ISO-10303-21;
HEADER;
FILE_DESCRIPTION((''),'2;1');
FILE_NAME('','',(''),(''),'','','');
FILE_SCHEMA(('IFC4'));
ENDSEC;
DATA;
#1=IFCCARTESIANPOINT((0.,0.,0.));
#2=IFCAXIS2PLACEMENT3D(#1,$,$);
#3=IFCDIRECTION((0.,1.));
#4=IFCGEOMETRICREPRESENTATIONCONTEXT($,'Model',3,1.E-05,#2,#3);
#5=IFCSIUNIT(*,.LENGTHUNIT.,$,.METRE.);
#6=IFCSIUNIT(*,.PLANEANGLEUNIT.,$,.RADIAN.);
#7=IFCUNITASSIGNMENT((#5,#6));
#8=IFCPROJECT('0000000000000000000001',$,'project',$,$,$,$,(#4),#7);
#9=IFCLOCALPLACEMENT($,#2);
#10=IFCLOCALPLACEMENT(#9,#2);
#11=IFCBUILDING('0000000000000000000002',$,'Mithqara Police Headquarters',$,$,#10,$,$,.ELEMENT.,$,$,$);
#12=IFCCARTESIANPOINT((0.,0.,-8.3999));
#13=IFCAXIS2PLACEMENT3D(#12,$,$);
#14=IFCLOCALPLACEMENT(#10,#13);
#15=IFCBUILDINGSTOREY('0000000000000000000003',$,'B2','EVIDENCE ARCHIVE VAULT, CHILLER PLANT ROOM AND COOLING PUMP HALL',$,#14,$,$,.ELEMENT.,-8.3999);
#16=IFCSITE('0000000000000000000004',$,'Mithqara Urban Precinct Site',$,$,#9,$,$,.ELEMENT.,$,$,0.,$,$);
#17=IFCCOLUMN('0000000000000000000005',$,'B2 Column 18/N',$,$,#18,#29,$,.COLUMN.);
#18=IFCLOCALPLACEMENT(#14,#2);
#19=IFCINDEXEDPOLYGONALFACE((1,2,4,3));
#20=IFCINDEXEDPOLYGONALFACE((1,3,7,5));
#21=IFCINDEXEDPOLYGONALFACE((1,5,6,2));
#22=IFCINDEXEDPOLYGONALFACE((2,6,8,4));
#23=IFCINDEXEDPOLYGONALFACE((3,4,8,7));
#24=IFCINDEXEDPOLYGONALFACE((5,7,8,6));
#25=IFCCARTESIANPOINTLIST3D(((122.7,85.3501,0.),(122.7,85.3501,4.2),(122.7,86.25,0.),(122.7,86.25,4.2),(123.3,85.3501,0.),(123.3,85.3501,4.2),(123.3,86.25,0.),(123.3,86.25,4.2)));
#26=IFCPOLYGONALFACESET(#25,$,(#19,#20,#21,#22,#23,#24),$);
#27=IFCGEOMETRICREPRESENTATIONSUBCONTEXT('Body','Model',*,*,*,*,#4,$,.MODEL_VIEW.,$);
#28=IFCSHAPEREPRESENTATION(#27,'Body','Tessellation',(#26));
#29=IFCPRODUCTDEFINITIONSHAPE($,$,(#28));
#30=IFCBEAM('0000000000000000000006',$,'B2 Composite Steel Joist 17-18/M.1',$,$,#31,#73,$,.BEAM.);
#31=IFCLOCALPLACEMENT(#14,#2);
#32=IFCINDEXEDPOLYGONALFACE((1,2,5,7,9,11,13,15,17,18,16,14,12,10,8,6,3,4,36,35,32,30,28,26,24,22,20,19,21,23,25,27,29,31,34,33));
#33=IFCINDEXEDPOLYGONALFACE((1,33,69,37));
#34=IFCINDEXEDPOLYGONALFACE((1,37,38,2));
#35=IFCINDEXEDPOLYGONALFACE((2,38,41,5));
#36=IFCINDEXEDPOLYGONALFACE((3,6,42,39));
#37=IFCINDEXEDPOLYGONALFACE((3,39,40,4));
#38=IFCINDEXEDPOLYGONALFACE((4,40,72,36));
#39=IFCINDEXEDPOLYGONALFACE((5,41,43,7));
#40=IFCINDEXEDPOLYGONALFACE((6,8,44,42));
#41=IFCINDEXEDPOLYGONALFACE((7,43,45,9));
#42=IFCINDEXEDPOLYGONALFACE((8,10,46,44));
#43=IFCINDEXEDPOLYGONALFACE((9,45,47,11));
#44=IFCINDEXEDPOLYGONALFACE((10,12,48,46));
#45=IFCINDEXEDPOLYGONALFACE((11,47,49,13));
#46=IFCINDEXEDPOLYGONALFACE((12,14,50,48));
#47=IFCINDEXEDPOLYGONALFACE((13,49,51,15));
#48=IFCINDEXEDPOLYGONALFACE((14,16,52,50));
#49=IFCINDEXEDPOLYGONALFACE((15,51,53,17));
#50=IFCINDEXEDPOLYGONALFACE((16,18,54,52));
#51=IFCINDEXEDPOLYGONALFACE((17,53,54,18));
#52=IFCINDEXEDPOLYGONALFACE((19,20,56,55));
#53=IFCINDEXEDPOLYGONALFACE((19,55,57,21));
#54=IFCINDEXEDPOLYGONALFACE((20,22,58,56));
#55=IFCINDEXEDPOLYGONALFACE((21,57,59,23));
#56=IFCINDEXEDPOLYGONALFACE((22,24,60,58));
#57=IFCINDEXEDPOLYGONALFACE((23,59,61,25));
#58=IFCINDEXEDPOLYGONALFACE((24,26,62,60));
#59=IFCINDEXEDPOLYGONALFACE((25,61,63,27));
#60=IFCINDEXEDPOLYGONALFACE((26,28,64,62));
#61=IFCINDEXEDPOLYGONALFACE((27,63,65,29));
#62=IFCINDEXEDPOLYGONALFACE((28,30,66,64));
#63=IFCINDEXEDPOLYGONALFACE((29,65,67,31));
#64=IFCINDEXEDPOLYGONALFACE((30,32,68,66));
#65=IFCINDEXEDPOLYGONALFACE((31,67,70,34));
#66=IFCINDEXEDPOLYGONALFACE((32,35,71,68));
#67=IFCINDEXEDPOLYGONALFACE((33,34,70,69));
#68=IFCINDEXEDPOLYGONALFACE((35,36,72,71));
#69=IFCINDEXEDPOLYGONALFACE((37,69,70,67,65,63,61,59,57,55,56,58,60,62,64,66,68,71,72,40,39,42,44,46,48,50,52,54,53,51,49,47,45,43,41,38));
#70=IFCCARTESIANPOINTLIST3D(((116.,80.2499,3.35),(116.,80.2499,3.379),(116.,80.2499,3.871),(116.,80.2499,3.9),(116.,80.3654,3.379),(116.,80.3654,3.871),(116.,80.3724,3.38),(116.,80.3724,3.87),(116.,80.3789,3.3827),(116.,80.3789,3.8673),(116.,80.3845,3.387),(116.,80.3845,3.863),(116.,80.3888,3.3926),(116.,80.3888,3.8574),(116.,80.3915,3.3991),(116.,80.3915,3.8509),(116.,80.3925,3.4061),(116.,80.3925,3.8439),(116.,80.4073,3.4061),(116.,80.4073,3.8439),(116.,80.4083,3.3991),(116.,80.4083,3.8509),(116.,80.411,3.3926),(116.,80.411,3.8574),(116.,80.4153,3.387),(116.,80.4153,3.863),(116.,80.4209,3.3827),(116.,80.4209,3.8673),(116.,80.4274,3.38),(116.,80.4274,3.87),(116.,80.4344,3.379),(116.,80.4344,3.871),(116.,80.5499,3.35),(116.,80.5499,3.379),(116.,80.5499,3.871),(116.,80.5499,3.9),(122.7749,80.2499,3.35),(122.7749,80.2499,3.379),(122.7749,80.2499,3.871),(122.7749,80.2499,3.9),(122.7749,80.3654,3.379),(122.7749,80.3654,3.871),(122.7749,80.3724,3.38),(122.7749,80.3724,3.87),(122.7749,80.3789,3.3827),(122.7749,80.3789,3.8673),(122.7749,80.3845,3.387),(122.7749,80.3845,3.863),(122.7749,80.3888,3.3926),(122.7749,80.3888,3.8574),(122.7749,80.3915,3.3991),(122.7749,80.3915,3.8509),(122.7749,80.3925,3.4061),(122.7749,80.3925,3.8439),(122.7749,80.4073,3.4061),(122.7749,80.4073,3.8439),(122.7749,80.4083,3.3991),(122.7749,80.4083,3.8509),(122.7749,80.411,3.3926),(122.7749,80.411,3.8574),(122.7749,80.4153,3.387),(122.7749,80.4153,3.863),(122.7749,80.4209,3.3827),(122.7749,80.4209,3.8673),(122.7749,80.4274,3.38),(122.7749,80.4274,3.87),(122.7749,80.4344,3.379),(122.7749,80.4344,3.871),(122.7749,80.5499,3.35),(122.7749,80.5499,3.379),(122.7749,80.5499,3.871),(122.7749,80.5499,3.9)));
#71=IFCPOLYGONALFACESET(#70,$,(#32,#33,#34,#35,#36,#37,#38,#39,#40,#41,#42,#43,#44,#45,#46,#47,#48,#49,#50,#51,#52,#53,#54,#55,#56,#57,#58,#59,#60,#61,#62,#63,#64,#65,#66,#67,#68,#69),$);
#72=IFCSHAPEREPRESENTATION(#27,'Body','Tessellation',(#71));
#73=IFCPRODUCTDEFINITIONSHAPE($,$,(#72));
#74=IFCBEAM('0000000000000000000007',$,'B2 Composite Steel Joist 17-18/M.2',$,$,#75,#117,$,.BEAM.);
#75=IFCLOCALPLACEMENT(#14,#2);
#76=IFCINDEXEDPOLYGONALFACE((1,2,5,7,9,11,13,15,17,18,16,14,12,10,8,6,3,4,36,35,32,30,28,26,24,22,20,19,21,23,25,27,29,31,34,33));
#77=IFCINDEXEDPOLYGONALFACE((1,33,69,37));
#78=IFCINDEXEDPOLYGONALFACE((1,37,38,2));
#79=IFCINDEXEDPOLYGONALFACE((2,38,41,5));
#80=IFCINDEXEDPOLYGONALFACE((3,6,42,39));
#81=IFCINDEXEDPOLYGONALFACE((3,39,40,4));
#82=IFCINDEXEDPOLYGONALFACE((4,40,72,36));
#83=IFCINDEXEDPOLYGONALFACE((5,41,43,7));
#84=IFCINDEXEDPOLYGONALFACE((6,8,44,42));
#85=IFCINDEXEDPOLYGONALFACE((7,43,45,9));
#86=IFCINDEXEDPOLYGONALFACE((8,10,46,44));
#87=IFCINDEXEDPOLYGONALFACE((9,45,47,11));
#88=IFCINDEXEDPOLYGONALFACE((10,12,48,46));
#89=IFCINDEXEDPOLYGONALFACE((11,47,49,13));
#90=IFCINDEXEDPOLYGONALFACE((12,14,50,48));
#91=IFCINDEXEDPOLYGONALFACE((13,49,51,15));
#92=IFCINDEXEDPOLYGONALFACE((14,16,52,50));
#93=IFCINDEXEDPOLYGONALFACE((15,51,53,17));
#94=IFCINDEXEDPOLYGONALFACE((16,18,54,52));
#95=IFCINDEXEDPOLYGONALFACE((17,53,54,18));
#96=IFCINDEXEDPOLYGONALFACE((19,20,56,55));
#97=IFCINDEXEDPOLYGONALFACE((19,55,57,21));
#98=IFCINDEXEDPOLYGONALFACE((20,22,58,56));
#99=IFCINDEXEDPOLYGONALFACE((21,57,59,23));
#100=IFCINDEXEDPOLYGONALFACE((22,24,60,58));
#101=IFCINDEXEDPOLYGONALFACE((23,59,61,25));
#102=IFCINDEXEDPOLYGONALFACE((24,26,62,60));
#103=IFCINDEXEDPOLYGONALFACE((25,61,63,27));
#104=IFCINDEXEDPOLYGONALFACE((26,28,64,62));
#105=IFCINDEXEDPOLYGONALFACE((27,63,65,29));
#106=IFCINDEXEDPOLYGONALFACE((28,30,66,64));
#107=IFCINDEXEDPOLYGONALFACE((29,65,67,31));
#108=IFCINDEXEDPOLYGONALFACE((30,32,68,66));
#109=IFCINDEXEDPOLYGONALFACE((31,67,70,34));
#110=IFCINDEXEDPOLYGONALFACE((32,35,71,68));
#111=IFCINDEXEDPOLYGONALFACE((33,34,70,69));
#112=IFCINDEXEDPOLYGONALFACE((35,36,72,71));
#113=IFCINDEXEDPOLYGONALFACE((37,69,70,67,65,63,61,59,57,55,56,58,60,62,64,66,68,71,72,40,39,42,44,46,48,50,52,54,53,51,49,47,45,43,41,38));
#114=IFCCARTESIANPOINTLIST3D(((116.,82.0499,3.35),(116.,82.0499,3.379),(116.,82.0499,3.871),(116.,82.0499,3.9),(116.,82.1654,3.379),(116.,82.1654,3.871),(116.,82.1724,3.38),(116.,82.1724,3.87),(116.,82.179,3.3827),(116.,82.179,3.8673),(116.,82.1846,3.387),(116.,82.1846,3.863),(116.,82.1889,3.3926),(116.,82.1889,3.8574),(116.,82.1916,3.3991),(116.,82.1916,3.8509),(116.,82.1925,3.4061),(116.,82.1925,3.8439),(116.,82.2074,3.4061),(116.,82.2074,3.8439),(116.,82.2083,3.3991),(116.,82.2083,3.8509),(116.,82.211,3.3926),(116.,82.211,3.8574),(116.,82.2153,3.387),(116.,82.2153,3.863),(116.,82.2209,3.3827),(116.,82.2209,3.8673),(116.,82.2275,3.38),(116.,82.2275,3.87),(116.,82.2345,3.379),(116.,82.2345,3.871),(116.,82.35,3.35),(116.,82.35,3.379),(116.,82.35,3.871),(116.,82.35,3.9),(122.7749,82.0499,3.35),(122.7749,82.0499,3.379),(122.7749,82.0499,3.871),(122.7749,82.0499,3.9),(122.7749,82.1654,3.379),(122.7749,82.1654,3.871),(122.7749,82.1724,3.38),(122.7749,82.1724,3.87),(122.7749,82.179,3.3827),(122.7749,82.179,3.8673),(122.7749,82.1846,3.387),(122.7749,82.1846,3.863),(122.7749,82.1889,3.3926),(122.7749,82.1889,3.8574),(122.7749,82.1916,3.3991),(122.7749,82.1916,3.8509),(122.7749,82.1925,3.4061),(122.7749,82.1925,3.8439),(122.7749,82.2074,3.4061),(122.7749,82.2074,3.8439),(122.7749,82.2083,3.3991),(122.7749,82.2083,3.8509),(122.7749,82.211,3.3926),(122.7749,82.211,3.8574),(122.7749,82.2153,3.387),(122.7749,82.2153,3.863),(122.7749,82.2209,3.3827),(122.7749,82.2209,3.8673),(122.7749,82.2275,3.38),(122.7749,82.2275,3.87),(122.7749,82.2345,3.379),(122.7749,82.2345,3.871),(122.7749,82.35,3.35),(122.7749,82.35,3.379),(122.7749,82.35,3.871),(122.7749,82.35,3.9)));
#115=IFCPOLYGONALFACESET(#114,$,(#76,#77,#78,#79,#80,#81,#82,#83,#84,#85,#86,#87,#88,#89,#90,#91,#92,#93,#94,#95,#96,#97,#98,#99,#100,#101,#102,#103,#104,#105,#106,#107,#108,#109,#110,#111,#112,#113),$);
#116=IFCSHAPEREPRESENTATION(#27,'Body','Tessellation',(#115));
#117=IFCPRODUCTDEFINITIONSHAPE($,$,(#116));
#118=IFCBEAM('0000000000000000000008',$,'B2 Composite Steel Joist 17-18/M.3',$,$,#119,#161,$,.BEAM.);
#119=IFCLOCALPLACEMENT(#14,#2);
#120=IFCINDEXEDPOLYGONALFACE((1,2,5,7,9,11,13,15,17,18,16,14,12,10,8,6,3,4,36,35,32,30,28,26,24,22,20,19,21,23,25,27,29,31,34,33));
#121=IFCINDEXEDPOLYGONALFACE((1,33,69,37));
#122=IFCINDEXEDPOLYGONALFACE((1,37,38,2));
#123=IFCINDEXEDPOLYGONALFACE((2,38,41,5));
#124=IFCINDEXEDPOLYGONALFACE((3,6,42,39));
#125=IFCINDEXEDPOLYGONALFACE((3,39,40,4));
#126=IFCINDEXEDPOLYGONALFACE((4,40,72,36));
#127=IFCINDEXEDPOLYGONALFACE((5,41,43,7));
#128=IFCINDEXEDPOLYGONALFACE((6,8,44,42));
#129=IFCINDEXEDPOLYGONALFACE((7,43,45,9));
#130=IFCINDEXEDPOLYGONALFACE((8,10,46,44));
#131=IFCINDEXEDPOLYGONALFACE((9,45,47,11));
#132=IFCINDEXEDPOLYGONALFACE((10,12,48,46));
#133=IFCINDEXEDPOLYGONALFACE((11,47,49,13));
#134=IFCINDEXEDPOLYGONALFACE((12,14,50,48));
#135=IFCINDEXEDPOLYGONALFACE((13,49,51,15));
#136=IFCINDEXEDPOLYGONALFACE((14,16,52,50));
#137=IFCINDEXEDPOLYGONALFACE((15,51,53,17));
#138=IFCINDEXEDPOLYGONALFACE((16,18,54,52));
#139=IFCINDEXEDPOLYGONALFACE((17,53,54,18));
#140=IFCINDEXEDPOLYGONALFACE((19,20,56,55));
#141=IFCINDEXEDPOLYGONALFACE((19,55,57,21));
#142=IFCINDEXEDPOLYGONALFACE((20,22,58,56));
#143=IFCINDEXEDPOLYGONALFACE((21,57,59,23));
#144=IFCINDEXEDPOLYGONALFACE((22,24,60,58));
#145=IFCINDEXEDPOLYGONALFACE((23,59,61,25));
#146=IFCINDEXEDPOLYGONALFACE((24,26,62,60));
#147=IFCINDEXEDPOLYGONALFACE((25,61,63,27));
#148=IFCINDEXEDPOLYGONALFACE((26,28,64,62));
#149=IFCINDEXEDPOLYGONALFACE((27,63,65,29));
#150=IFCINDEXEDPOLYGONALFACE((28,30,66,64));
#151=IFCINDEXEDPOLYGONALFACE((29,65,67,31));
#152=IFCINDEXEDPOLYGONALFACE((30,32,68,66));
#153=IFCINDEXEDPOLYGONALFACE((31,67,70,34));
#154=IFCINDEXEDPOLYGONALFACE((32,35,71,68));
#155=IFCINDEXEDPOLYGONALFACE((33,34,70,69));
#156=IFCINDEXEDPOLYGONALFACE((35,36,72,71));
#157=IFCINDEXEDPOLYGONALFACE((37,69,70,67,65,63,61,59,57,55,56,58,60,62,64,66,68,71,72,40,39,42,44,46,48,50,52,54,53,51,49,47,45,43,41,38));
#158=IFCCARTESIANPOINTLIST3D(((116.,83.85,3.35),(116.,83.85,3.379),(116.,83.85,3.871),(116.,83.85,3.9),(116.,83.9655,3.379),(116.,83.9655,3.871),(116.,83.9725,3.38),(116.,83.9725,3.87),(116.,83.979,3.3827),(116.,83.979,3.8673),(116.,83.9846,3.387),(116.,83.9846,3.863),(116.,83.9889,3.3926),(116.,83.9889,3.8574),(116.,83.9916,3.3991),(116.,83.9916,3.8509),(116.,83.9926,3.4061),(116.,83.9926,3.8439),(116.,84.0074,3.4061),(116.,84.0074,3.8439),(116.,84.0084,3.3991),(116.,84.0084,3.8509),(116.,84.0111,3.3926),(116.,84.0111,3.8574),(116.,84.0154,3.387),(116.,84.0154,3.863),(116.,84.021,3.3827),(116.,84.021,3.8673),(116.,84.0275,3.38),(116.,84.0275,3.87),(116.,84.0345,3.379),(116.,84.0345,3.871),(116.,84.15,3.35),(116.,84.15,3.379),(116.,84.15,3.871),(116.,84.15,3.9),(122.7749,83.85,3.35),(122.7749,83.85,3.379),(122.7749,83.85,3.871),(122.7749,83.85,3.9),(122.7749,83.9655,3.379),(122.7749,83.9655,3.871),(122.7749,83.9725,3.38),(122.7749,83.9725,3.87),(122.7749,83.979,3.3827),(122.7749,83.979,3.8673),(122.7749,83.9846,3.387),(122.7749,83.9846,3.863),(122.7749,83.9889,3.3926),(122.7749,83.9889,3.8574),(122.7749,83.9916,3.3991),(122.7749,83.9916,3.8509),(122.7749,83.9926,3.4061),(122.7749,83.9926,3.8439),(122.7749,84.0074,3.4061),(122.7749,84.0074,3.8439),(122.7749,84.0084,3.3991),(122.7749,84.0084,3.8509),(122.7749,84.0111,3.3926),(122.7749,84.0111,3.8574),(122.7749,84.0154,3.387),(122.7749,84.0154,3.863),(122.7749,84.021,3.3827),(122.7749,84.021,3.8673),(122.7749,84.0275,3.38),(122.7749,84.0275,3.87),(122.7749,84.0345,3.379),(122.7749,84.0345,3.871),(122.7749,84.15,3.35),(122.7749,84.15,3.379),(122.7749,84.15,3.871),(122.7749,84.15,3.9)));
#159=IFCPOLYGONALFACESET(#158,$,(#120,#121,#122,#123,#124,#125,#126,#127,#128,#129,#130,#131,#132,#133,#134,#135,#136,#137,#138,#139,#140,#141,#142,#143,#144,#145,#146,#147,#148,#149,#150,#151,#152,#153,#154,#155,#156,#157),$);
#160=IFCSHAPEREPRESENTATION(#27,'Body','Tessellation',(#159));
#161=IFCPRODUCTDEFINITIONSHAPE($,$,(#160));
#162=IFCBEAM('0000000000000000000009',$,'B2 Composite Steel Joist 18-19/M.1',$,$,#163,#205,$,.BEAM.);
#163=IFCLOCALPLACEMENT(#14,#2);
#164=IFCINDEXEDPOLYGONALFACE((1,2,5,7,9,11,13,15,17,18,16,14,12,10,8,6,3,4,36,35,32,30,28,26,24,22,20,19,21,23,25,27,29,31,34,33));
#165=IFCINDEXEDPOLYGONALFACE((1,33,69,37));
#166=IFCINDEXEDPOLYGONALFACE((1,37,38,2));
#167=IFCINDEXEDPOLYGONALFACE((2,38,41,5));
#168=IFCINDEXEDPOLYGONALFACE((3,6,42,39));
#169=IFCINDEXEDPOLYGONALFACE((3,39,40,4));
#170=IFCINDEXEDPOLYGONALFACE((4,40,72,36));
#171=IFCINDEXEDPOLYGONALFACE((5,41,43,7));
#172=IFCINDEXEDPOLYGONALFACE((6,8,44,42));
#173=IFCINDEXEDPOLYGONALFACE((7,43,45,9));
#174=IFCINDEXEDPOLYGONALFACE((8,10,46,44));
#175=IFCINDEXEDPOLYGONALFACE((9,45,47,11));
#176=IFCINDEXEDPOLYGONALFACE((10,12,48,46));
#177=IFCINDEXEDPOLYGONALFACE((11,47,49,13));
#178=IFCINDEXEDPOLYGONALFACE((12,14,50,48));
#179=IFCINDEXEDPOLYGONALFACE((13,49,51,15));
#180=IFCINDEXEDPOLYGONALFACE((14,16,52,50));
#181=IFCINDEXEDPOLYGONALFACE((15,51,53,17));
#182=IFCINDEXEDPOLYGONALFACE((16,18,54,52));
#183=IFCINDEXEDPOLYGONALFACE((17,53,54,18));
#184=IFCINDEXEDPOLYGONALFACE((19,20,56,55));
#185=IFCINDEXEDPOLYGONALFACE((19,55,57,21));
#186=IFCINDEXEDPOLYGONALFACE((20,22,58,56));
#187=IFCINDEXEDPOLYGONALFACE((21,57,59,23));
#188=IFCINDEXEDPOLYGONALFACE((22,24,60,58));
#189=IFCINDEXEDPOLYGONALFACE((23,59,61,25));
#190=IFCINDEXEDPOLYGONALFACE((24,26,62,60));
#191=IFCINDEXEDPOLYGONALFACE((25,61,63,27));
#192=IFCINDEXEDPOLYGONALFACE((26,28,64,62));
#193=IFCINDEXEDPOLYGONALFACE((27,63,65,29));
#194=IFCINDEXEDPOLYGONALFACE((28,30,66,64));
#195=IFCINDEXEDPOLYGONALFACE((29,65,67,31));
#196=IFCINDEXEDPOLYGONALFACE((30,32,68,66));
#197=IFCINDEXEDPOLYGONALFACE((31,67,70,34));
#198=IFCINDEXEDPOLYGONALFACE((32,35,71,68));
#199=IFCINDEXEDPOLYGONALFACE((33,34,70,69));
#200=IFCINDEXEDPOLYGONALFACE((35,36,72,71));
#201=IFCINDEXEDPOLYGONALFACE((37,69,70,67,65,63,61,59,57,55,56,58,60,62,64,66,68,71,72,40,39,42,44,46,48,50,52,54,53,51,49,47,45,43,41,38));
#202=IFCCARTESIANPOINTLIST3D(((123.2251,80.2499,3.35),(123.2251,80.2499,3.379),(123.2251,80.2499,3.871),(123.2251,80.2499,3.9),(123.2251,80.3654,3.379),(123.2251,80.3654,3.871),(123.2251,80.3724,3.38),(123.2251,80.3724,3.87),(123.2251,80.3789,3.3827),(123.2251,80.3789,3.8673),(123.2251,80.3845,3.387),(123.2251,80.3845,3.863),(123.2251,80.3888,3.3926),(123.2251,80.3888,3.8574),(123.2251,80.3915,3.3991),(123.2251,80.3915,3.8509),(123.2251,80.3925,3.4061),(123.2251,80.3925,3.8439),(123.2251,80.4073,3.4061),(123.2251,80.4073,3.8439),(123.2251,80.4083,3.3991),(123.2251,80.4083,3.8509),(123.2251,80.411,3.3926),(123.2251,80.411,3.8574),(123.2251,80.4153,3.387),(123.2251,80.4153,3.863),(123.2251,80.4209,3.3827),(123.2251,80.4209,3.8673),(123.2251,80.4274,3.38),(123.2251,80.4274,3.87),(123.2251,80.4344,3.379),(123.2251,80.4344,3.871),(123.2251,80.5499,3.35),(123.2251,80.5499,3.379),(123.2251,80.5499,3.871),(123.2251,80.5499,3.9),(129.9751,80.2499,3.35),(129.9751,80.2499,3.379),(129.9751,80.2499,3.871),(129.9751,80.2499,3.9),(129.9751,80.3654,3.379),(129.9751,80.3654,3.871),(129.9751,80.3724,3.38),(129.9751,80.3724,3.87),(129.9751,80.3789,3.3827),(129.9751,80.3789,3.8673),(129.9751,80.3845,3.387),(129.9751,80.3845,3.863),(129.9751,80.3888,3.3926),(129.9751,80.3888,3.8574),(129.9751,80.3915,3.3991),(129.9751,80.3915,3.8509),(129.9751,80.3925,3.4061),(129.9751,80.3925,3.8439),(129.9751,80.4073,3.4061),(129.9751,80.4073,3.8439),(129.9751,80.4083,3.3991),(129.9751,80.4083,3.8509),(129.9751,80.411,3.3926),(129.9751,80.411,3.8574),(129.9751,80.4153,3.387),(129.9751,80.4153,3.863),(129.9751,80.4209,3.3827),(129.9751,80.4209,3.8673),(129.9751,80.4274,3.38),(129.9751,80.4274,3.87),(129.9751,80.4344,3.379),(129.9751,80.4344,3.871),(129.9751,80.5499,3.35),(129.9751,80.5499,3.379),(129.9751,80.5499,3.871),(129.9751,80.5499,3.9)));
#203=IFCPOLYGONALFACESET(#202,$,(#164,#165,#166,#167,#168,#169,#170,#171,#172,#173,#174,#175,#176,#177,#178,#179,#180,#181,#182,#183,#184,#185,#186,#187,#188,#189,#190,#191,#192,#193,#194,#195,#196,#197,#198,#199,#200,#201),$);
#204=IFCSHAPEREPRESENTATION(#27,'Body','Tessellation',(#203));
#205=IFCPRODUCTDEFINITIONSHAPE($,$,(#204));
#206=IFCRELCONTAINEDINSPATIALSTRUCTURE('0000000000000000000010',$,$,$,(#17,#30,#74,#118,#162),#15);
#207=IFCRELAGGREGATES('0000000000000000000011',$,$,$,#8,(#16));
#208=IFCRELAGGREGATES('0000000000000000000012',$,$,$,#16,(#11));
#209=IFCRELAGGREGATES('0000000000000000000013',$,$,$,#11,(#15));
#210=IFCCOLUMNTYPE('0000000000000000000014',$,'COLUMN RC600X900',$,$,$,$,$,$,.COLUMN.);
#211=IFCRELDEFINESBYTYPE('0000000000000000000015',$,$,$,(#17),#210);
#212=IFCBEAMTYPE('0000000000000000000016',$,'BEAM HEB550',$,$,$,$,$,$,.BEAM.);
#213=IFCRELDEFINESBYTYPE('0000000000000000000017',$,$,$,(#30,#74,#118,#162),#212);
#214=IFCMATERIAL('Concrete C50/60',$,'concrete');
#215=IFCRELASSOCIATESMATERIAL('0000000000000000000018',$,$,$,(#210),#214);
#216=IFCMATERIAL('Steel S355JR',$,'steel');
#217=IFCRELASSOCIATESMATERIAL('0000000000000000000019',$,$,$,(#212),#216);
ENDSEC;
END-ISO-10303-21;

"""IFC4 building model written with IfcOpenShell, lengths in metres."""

from ifc_helpers import new_model, si_unit, direction, frame, origin, origin_2d, place, context, subcontext, project, spatial, rectangle, i_section, extrude, material, material_profile, profile_set, type_object, element, save


model = new_model("IFC4")

# Units and contexts
model_context = context("Model", 3, precision=1e-05, world=origin(), true_north=direction((0.0, 1.0)))
body_context = subcontext(model_context, "Body", "Model", "MODEL_VIEW")
ifc_project = project(units=[si_unit("LENGTHUNIT", "METRE"), si_unit("PLANEANGLEUNIT", "RADIAN")], contexts=[model_context])

# Site, building, storey
site_placement = place(None, origin())
site = spatial("IfcSite", under=ifc_project, at=site_placement, Name="Mithqara Urban Precinct Site", CompositionType="ELEMENT", RefElevation=0.0)
building_placement = place(site_placement, origin())
building = spatial("IfcBuilding", under=site, at=building_placement, Name="Mithqara Police Headquarters", CompositionType="ELEMENT")
storey_placement = place(building_placement, frame((0.0, 0.0, -8.3999)))
storey = spatial("IfcBuildingStorey", under=building, at=storey_placement, Name="B2", Description="EVIDENCE ARCHIVE VAULT, CHILLER PLANT ROOM AND COOLING PUMP HALL", CompositionType="ELEMENT", Elevation=-8.3999)

# Column
ifc_material_1 = material(Name="Concrete C50/60", Category="concrete")
ifc_material_profile_1 = material_profile(ifc_material_1, rectangle(XDim=0.6001, YDim=0.8999, at=origin_2d()), Name="RC 600x900")
ifc_profile_set_1 = profile_set([ifc_material_profile_1], Name="Concrete C50/60")
column_type = type_object("IfcColumnType", Name="COLUMN RC600X900", PredefinedType="COLUMN", material=ifc_profile_set_1)
column_placement = place(storey_placement, frame((123.0, 85.8, 0.0), z_axis=(0.0, 0.0, 1.0), x_axis=(1.0, 0.0, 0.0)))
element("IfcColumn", 1, at=column_placement, inside=storey, type_object=column_type, Name="B2 Column 18/N", PredefinedType="COLUMN", context=body_context, shape_type="SweptSolid", body=[
    extrude(rectangle(XDim=0.6001, YDim=0.8999, at=origin_2d()), origin(), (0.0, 0.0, 1.0), 4.2),
])

# Beams
ifc_material_2 = material(Name="Steel S355JR", Category="steel")
ifc_material_profile_2 = material_profile(ifc_material_2, i_section(OverallWidth=0.3, OverallDepth=0.55, WebThickness=0.0149, FlangeThickness=0.0291, FilletRadius=0.0271, at=origin_2d()), Name="HEB 550")
ifc_profile_set_2 = profile_set([ifc_material_profile_2], Name="Steel S355JR")
beam_type_1 = type_object("IfcBeamType", Name="BEAM HEB550", PredefinedType="BEAM", material=ifc_profile_set_2)
for number, where, z_axis, x_axis, name in (
    (2, (116.0, 80.3999, 3.625), (1.0, 0.0, 0.0), (0.0, 1.0, 0.0), "B2 Composite Steel Joist 17-18/M.1"),
    (3, (116.0, 82.2, 3.625), (1.0, 0.0, 0.0), (0.0, 1.0, 0.0), "B2 Composite Steel Joist 17-18/M.2"),
    (4, (116.0, 84.0, 3.625), (1.0, 0.0, 0.0), (0.0, 1.0, 0.0), "B2 Composite Steel Joist 17-18/M.3"),
):
    element("IfcBeam", number, at=place(storey_placement, frame(where, z_axis=z_axis, x_axis=x_axis)), inside=storey, type_object=beam_type_1, Name=name, PredefinedType="BEAM", context=body_context, shape_type="SweptSolid", body=[
        extrude(i_section(OverallWidth=0.3, OverallDepth=0.55, WebThickness=0.0149, FlangeThickness=0.0291, FilletRadius=0.0271, at=origin_2d()), origin(), (0.0, 0.0, 1.0), 6.7749),
    ])
for number, where, z_axis, x_axis, name in (
    (5, (123.2251, 80.3999, 3.625), (1.0, 0.0, 0.0), (0.0, 1.0, 0.0), "B2 Composite Steel Joist 18-19/M.1"),
):
    element("IfcBeam", number, at=place(storey_placement, frame(where, z_axis=z_axis, x_axis=x_axis)), inside=storey, type_object=beam_type_1, Name=name, PredefinedType="BEAM", context=body_context, shape_type="SweptSolid", body=[
        extrude(i_section(OverallWidth=0.3, OverallDepth=0.55, WebThickness=0.0149, FlangeThickness=0.0291, FilletRadius=0.0271, at=origin_2d()), origin(), (0.0, 0.0, 1.0), 6.75),
    ])

save(model, "model.ifc")
